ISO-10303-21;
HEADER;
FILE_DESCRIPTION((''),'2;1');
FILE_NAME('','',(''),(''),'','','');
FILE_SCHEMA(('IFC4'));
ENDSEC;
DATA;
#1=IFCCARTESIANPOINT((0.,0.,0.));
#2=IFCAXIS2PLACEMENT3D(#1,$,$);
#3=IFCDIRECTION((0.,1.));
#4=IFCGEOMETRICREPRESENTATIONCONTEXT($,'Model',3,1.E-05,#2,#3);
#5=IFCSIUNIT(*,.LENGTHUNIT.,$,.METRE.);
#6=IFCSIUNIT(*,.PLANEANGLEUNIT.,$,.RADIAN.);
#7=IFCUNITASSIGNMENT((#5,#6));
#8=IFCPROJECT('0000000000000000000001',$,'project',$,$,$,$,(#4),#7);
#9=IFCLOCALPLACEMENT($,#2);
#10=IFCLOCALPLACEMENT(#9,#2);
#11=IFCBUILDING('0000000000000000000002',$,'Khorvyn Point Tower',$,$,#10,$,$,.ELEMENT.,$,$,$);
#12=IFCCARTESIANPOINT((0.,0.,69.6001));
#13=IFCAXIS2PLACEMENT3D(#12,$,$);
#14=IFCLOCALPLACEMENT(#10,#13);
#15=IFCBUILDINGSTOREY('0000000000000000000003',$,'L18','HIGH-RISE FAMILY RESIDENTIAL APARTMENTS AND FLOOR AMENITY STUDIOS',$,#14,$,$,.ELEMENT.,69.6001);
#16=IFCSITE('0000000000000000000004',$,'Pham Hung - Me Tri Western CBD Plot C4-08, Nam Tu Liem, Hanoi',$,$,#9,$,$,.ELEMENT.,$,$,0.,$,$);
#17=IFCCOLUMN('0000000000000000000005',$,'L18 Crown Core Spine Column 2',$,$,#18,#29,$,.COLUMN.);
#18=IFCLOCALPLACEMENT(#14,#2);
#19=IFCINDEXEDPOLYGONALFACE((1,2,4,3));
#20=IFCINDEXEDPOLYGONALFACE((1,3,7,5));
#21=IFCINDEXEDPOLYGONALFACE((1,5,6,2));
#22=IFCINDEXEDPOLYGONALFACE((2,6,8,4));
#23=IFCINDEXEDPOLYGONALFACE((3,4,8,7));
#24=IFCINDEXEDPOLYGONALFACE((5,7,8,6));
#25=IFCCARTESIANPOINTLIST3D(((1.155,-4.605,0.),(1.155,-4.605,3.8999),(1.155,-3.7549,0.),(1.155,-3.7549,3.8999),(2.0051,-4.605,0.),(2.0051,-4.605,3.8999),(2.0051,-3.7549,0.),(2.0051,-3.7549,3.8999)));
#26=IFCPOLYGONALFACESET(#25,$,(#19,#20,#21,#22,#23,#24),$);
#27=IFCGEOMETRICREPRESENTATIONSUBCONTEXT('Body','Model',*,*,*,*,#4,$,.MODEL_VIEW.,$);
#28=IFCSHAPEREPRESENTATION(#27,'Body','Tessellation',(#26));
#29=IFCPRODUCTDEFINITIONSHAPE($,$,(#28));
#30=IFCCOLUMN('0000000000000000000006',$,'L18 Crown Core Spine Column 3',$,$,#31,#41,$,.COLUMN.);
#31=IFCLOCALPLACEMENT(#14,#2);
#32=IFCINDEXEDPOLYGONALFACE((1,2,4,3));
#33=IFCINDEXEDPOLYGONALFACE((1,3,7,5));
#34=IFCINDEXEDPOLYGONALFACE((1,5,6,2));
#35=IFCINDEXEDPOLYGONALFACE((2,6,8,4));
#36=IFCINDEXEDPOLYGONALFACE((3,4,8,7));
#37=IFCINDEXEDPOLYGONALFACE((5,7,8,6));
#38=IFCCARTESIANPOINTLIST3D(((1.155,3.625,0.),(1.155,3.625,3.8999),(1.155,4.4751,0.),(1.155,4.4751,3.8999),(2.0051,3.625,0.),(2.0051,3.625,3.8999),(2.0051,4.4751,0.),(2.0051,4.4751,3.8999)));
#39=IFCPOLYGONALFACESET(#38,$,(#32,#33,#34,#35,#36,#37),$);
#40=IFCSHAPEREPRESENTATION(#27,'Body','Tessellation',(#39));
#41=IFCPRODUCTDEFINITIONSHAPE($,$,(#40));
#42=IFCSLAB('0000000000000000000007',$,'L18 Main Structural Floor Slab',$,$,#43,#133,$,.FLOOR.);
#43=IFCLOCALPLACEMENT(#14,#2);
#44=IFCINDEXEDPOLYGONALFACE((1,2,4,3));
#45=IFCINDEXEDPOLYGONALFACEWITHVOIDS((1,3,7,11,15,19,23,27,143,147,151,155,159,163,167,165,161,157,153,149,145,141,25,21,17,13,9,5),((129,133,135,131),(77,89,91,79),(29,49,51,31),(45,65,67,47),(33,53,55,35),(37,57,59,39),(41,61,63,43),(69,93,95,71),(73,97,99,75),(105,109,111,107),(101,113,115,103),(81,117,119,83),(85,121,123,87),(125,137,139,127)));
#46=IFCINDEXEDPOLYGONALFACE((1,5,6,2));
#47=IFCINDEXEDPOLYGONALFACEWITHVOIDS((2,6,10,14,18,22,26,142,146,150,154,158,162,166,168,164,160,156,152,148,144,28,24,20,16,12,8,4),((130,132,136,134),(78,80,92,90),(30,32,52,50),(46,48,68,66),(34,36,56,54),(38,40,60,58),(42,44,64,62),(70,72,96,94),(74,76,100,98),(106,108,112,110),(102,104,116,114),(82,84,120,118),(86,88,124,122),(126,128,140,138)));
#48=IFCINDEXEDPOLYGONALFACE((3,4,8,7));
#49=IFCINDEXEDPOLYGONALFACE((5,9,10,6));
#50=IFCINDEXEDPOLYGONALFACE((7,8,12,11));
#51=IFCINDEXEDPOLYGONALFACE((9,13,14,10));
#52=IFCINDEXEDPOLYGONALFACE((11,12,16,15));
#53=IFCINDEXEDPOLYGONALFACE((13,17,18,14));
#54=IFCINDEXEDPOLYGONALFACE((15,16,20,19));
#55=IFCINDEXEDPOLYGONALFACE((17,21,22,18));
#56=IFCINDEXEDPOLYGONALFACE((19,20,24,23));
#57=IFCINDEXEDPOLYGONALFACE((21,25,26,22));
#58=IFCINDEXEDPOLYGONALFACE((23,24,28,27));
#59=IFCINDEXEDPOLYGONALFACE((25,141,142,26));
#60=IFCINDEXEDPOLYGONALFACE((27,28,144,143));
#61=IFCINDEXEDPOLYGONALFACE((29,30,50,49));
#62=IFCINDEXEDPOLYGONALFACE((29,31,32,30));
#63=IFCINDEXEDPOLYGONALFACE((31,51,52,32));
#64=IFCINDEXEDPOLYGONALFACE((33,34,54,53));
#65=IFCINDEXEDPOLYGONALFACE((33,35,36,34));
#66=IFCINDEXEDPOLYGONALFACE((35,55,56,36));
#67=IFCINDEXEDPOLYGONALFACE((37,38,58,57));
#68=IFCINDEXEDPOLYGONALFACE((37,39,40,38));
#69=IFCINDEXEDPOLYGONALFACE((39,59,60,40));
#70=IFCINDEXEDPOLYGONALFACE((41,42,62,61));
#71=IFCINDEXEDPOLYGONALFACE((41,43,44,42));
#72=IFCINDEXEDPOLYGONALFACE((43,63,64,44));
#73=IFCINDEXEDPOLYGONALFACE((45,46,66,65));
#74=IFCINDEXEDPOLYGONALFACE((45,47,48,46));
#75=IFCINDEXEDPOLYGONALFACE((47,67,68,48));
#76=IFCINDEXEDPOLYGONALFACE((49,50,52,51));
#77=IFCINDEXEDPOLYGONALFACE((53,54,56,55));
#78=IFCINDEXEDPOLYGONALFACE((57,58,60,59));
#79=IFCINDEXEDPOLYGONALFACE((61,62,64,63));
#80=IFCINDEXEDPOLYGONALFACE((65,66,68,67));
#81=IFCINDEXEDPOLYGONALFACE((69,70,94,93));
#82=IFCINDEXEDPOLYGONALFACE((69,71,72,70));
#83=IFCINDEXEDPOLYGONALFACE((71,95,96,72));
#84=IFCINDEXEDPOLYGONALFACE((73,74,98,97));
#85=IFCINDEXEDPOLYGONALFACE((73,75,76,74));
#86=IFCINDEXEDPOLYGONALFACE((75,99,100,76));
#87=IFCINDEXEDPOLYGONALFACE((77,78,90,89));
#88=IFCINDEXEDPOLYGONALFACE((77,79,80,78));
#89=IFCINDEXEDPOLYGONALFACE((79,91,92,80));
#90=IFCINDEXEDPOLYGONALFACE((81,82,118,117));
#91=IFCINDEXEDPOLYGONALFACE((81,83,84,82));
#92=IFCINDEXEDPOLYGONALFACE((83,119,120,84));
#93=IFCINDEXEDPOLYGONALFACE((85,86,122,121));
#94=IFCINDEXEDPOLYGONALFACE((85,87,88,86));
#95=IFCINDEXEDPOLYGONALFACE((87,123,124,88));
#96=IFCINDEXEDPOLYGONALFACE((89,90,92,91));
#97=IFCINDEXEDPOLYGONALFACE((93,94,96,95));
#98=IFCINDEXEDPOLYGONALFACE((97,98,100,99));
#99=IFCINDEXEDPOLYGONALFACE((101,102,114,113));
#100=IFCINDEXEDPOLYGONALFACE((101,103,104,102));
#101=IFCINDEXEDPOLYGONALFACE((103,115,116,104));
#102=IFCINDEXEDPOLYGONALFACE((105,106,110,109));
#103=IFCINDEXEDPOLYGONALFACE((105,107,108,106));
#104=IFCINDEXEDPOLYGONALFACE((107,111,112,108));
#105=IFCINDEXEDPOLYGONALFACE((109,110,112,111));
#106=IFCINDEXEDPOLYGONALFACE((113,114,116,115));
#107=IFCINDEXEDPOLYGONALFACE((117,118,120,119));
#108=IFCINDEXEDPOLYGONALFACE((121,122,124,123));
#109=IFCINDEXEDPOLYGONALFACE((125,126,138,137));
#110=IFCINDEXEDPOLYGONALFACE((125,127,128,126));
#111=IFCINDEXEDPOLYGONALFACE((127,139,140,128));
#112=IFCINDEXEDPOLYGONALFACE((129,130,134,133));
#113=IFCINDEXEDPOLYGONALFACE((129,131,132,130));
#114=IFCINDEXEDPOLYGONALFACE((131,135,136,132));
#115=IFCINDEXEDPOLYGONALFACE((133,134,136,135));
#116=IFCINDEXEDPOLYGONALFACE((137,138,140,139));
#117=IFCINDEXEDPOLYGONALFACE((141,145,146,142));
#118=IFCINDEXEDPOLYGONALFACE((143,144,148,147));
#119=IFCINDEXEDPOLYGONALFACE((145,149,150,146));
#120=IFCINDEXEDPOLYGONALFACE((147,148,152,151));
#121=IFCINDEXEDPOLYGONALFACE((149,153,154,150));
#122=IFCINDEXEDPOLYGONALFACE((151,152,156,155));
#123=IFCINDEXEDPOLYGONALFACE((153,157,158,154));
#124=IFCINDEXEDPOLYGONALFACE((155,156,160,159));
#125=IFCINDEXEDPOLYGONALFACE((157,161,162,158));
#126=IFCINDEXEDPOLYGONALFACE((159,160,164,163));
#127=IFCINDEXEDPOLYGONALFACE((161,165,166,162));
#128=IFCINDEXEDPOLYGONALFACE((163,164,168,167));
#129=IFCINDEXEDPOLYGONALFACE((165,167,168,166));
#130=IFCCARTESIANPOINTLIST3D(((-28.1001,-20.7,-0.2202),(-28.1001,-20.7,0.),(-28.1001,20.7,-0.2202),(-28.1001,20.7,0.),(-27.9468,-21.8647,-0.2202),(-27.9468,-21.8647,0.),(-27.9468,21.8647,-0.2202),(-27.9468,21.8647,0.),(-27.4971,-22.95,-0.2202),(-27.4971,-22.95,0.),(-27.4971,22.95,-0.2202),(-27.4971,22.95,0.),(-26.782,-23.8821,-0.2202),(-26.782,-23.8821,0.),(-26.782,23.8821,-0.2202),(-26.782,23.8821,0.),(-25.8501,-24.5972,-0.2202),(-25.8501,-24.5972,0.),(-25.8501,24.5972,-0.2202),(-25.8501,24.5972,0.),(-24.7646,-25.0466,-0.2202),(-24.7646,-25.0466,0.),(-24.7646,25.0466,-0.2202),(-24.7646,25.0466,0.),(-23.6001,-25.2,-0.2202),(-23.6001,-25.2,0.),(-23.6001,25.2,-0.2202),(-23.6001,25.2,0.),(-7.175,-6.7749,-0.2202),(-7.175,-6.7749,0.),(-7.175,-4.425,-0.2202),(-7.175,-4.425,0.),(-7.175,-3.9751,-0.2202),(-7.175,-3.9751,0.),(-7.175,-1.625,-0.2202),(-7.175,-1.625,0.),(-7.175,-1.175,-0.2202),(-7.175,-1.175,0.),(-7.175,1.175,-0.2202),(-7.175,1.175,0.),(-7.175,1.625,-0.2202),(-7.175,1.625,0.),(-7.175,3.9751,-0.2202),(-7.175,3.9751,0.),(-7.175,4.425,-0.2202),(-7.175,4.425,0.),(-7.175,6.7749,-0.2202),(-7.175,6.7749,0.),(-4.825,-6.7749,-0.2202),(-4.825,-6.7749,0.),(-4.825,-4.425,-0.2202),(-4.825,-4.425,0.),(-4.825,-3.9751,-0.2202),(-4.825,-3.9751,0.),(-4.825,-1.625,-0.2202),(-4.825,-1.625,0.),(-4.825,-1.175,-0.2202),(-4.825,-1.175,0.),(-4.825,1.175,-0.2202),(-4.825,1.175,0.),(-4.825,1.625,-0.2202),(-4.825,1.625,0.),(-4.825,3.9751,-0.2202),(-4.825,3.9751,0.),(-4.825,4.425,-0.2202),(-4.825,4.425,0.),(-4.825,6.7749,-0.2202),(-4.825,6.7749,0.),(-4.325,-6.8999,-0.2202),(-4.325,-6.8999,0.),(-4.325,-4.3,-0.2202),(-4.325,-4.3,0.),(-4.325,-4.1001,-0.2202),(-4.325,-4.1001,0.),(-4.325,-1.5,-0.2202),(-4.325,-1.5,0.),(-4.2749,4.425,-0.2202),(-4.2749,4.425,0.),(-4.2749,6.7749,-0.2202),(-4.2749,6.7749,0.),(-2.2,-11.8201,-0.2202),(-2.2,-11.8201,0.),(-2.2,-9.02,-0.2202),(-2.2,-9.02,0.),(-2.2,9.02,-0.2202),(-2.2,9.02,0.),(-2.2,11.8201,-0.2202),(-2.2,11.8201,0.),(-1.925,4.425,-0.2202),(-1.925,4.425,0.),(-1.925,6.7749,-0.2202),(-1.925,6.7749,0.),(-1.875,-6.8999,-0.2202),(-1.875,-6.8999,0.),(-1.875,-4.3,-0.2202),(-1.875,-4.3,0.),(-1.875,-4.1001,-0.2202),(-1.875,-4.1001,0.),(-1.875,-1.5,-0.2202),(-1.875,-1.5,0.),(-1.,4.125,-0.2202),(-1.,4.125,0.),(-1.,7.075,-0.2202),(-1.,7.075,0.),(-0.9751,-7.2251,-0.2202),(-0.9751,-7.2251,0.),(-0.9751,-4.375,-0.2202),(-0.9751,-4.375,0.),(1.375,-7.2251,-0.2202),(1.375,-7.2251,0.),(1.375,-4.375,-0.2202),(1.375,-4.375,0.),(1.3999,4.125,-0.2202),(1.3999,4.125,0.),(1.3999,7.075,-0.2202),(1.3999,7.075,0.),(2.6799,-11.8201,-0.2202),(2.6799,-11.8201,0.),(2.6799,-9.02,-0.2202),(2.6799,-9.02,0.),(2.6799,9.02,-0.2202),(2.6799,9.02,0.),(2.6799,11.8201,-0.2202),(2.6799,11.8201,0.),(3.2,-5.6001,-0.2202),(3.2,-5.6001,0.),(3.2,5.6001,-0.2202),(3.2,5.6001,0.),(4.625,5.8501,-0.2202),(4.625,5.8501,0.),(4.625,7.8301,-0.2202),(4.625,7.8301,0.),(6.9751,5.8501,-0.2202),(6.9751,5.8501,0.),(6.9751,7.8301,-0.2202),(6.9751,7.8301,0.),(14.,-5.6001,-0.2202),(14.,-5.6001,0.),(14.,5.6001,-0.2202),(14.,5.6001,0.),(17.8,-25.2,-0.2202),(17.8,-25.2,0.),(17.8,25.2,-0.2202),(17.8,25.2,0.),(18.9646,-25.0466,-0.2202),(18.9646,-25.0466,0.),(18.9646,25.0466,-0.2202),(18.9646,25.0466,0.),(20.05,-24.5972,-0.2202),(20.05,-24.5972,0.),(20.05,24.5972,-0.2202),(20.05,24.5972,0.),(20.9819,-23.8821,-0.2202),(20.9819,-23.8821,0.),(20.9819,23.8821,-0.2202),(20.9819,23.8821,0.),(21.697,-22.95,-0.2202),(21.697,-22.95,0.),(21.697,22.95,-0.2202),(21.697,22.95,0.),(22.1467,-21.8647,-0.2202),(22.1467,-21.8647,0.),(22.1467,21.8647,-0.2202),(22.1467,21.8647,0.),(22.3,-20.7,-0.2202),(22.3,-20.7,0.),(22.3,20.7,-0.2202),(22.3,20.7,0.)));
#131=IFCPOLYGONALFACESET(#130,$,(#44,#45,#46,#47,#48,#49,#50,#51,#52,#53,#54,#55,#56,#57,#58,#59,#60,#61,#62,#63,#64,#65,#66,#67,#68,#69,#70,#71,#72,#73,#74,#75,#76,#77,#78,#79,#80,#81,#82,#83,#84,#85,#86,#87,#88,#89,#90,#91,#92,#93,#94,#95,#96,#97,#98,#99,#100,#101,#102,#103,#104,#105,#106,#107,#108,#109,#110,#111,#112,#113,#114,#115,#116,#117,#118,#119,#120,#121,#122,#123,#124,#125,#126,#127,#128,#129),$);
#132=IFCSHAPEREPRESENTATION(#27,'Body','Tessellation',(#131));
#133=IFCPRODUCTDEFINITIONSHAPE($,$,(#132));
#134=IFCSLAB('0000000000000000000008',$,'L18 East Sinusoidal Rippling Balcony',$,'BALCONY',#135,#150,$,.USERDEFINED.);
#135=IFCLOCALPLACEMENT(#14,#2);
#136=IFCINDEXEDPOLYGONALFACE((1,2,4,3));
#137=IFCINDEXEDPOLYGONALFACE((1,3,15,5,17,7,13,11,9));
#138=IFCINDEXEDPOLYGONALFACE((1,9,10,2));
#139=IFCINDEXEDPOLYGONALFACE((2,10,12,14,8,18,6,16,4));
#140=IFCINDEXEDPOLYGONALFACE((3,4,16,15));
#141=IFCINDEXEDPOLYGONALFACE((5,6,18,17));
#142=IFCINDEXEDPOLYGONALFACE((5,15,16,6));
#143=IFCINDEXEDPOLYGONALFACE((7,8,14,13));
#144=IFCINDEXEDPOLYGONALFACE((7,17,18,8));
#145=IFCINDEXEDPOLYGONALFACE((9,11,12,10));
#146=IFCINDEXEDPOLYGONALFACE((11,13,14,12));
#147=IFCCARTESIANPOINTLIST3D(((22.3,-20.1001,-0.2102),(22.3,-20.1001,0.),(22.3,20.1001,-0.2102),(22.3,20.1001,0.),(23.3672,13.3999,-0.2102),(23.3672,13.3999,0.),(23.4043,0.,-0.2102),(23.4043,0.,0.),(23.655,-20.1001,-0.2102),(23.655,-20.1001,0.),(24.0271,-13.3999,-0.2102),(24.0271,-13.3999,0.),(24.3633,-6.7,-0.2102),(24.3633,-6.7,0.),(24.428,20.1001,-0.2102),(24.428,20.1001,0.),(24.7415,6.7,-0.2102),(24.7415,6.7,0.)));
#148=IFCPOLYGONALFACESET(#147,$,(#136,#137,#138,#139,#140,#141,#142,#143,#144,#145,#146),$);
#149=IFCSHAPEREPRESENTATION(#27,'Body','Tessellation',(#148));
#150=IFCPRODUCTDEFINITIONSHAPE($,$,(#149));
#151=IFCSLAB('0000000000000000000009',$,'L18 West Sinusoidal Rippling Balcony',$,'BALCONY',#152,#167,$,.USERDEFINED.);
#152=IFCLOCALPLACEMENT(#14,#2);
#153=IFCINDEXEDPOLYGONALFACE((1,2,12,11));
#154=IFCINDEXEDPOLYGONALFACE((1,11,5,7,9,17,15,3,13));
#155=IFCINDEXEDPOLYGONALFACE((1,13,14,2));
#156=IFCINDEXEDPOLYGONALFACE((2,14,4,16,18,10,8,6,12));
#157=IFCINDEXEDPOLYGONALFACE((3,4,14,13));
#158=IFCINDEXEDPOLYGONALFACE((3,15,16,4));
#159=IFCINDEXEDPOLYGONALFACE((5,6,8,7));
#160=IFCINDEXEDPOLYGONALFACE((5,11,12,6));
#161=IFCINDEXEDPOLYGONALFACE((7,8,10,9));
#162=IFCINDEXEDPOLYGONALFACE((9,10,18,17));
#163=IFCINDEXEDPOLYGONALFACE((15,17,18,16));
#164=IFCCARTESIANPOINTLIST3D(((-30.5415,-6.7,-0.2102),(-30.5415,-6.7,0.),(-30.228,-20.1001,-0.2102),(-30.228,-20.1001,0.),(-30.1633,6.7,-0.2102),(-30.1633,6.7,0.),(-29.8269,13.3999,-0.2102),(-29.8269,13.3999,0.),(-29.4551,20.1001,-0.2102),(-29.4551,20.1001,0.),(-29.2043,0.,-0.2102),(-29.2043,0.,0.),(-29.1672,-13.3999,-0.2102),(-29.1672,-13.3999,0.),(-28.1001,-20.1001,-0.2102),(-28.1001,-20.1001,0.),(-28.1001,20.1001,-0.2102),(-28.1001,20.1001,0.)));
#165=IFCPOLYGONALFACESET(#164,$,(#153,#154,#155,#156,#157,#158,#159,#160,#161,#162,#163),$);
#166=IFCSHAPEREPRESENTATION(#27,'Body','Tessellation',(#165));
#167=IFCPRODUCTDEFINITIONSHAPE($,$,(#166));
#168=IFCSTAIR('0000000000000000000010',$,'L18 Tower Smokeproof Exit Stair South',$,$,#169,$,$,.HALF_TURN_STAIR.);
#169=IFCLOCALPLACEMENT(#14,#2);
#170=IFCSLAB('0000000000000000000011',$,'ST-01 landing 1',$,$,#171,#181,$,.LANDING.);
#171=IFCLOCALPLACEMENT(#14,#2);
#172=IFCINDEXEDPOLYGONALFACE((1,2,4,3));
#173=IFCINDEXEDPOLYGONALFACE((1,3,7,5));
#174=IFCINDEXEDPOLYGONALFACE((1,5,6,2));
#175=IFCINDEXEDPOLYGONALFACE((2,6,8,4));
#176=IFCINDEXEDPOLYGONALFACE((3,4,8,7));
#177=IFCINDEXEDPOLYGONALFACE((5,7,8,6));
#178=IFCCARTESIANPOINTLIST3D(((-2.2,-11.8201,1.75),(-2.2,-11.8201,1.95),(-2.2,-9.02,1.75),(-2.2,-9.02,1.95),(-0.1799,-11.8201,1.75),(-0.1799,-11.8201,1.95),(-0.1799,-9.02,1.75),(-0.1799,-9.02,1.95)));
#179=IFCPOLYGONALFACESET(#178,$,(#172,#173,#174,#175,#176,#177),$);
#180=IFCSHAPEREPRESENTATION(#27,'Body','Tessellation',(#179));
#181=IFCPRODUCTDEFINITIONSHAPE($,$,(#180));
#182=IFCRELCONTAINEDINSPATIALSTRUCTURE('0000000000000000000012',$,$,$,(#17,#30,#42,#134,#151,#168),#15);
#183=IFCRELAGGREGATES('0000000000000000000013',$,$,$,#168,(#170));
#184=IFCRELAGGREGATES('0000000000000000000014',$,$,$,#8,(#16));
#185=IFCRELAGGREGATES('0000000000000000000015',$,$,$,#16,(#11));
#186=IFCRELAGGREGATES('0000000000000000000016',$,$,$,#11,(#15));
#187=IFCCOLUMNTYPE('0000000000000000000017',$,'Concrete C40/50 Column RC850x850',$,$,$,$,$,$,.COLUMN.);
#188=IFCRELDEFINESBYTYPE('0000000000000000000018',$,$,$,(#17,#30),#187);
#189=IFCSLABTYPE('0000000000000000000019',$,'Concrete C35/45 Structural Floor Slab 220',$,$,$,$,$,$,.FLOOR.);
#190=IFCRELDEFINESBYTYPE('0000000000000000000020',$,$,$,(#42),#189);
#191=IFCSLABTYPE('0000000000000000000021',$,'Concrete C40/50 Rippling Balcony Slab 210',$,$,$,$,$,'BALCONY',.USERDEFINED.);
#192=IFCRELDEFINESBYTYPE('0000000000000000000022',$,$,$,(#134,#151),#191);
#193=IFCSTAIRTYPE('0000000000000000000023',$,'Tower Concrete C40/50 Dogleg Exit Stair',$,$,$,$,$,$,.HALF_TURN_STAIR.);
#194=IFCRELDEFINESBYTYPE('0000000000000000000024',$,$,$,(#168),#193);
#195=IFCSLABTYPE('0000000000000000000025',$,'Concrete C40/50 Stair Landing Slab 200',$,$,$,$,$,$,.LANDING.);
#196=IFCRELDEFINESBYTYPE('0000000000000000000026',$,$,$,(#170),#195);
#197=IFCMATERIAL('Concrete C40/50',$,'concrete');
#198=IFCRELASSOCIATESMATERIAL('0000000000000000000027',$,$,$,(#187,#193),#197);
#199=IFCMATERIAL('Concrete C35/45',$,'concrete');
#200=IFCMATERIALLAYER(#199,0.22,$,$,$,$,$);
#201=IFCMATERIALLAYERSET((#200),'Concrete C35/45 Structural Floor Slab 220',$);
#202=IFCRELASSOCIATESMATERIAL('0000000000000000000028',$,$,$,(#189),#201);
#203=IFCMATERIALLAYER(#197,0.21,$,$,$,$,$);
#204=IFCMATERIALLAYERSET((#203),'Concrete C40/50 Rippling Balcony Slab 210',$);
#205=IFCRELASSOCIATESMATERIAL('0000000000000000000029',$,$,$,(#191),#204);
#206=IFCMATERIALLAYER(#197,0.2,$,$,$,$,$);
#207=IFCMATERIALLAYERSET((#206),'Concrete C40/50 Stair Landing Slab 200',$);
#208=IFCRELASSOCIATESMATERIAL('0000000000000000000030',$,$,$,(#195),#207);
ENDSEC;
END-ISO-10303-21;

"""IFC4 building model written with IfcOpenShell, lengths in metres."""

from ifc_helpers import new_model, si_unit, direction, frame, origin, origin_2d, place, context, subcontext, project, spatial, polyline, rectangle, outline, extrude, material, layer, layer_set, material_profile, profile_set, type_object, element, aggregate, save


model = new_model("IFC4")

# Units and contexts
model_context = context("Model", 3, precision=1e-05, world=origin(), true_north=direction((0.0, 1.0)))
body_context = subcontext(model_context, "Body", "Model", "MODEL_VIEW")
ifc_project = project(units=[si_unit("LENGTHUNIT", "METRE"), si_unit("PLANEANGLEUNIT", "RADIAN")], contexts=[model_context])

# Site, building, storey
site_placement = place(None, origin())
site = spatial("IfcSite", under=ifc_project, at=site_placement, Name="Pham Hung - Me Tri Western CBD Plot C4-08, Nam Tu Liem, Hanoi", CompositionType="ELEMENT", RefElevation=0.0)
building_placement = place(site_placement, origin())
building = spatial("IfcBuilding", under=site, at=building_placement, Name="Khorvyn Point Tower", CompositionType="ELEMENT")
storey_placement = place(building_placement, frame((0.0, 0.0, 69.6001)))
storey = spatial("IfcBuildingStorey", under=building, at=storey_placement, Name="L18", Description="HIGH-RISE FAMILY RESIDENTIAL APARTMENTS AND FLOOR AMENITY STUDIOS", CompositionType="ELEMENT", Elevation=69.6001)

# Columns
ifc_material_1 = material(Name="Concrete C40/50", Category="concrete")
ifc_material_profile = material_profile(ifc_material_1, rectangle(XDim=0.8501, YDim=0.8501, at=origin_2d()))
ifc_profile_set = profile_set([ifc_material_profile], Name="Concrete C40/50 RC850x850")
column_type = type_object("IfcColumnType", Name="Concrete C40/50 Column RC850x850", PredefinedType="COLUMN", material=ifc_profile_set)
for number, where, z_axis, x_axis, name in (
    (1, (1.5801, -4.1799, 0.0), (0.0, 0.0, 1.0), (1.0, 0.0, 0.0), "L18 Crown Core Spine Column 2"),
    (2, (1.5801, 4.05, 0.0), (0.0, 0.0, 1.0), (1.0, 0.0, 0.0), "L18 Crown Core Spine Column 3"),
):
    element("IfcColumn", number, at=place(storey_placement, frame(where, z_axis=z_axis, x_axis=x_axis)), inside=storey, type_object=column_type, Name=name, PredefinedType="COLUMN", context=body_context, shape_type="SweptSolid", body=[
        extrude(rectangle(XDim=0.8501, YDim=0.8501, at=origin_2d()), origin(), (0.0, 0.0, 1.0), 3.8999),
    ])

# Slabs
ifc_material_2 = material(Name="Concrete C35/45", Category="concrete")
ifc_layer_1 = layer(ifc_material_2, 0.22)
ifc_layer_set_1 = layer_set([ifc_layer_1], Name="Concrete C35/45 Structural Floor Slab 220")
slab_type_1 = type_object("IfcSlabType", Name="Concrete C35/45 Structural Floor Slab 220", PredefinedType="FLOOR", material=ifc_layer_set_1)
slab_1_placement = place(storey_placement, frame((0.0, 0.0, -0.2202)))
element("IfcSlab", 3, at=slab_1_placement, inside=storey, type_object=slab_type_1, Name="L18 Main Structural Floor Slab", PredefinedType="FLOOR", context=body_context, shape_type="SweptSolid", body=[
    extrude(outline(polyline([(-23.6001, -25.2), (-24.7646, -25.0466), (-25.8501, -24.5972), (-26.782, -23.8821), (-27.4971, -22.95), (-27.9468, -21.8647), (-28.1001, -20.7), (-28.1001, 20.7), (-27.9468, 21.8647), (-27.4971, 22.95), (-26.782, 23.8821), (-25.8501, 24.5972), (-24.7646, 25.0466), (-23.6001, 25.2), (17.8, 25.2), (18.9646, 25.0466), (20.05, 24.5972), (20.9819, 23.8821), (21.697, 22.95), (22.1467, 21.8647), (22.3, 20.7), (22.3, -20.7), (22.1467, -21.8647), (21.697, -22.95), (20.9819, -23.8821), (20.05, -24.5972), (18.9646, -25.0466), (17.8, -25.2), (-23.6001, -25.2)]), holes=[polyline([(-4.825, -6.7749), (-4.825, -4.425), (-7.175, -4.425), (-7.175, -6.7749), (-4.825, -6.7749)]), polyline([(-4.325, -6.8999), (-1.875, -6.8999), (-1.875, -4.3), (-4.325, -4.3), (-4.325, -6.8999)]), polyline([(-7.175, -3.9751), (-4.825, -3.9751), (-4.825, -1.625), (-7.175, -1.625), (-7.175, -3.9751)]), polyline([(-7.175, -1.175), (-4.825, -1.175), (-4.825, 1.175), (-7.175, 1.175), (-7.175, -1.175)]), polyline([(-7.175, 1.625), (-4.825, 1.625), (-4.825, 3.9751), (-7.175, 3.9751), (-7.175, 1.625)]), polyline([(-7.175, 4.425), (-4.825, 4.425), (-4.825, 6.7749), (-7.175, 6.7749), (-7.175, 4.425)]), polyline([(-4.2749, 4.425), (-1.925, 4.425), (-1.925, 6.7749), (-4.2749, 6.7749), (-4.2749, 4.425)]), polyline([(2.6799, -11.8201), (2.6799, -9.02), (-2.2, -9.02), (-2.2, -11.8201), (2.6799, -11.8201)]), polyline([(-0.9751, -7.2251), (1.375, -7.2251), (1.375, -4.375), (-0.9751, -4.375), (-0.9751, -7.2251)]), polyline([(-4.325, -4.1001), (-1.875, -4.1001), (-1.875, -1.5), (-4.325, -1.5), (-4.325, -4.1001)]), polyline([(3.2, -5.6001), (14.0, -5.6001), (14.0, 5.6001), (3.2, 5.6001), (3.2, -5.6001)]), polyline([(-1.0, 4.125), (1.3999, 4.125), (1.3999, 7.075), (-1.0, 7.075), (-1.0, 4.125)]), polyline([(4.625, 5.8501), (6.9751, 5.8501), (6.9751, 7.8301), (4.625, 7.8301), (4.625, 5.8501)]), polyline([(-2.2, 9.02), (2.6799, 9.02), (2.6799, 11.8201), (-2.2, 11.8201), (-2.2, 9.02)])]), origin(), (0.0, 0.0, 1.0), 0.2202),
])
ifc_layer_2 = layer(ifc_material_1, 0.21)
ifc_layer_set_2 = layer_set([ifc_layer_2], Name="Concrete C40/50 Rippling Balcony Slab 210")
slab_type_2 = type_object("IfcSlabType", Name="Concrete C40/50 Rippling Balcony Slab 210", ElementType="BALCONY", PredefinedType="USERDEFINED", material=ifc_layer_set_2)
slab_2_placement = place(storey_placement, frame((0.0, 0.0, -0.2102)))
element("IfcSlab", 4, at=slab_2_placement, inside=storey, type_object=slab_type_2, Name="L18 East Sinusoidal Rippling Balcony", ObjectType="BALCONY", PredefinedType="USERDEFINED", context=body_context, shape_type="SweptSolid", body=[
    extrude(outline(polyline([(22.3, -20.1001), (23.655, -20.1001), (24.0271, -13.3999), (24.3633, -6.7), (23.4043, 0.0), (24.7415, 6.7), (23.3672, 13.3999), (24.428, 20.1001), (22.3, 20.1001), (22.3, -20.1001)])), origin(), (0.0, 0.0, 1.0), 0.2102),
])
slab_3_placement = place(storey_placement, frame((0.0, 0.0, -0.2102)))
element("IfcSlab", 5, at=slab_3_placement, inside=storey, type_object=slab_type_2, Name="L18 West Sinusoidal Rippling Balcony", ObjectType="BALCONY", PredefinedType="USERDEFINED", context=body_context, shape_type="SweptSolid", body=[
    extrude(outline(polyline([(-28.1001, 20.1001), (-29.4551, 20.1001), (-29.8269, 13.3999), (-30.1633, 6.7), (-29.2043, 0.0), (-30.5415, -6.7), (-29.1672, -13.3999), (-30.228, -20.1001), (-28.1001, -20.1001), (-28.1001, 20.1001)])), origin(), (0.0, 0.0, 1.0), 0.2102),
])

# Stair, slab
stair_type = type_object("IfcStairType", Name="Tower Concrete C40/50 Dogleg Exit Stair", PredefinedType="HALF_TURN_STAIR", material=ifc_material_1)
stair_1_placement = place(storey_placement, origin())
stair_1 = element("IfcStair", 6, at=stair_1_placement, inside=storey, type_object=stair_type, Name="L18 Tower Smokeproof Exit Stair South", PredefinedType="HALF_TURN_STAIR")
ifc_layer_3 = layer(ifc_material_1, 0.2)
ifc_layer_set_3 = layer_set([ifc_layer_3], Name="Concrete C40/50 Stair Landing Slab 200")
slab_type_3 = type_object("IfcSlabType", Name="Concrete C40/50 Stair Landing Slab 200", PredefinedType="LANDING", material=ifc_layer_set_3)
slab_4_placement = place(storey_placement, frame((0.0, 0.0, 1.75)))
slab_4 = element("IfcSlab", 7, at=slab_4_placement, type_object=slab_type_3, Name="ST-01 landing 1", PredefinedType="LANDING", context=body_context, shape_type="SweptSolid", body=[
    extrude(outline(polyline([(-0.1799, -9.02), (-2.2, -9.02), (-2.2, -11.8201), (-0.1799, -11.8201), (-0.1799, -9.02)])), origin(), (0.0, 0.0, 1.0), 0.2),
])
aggregate(stair_1, [slab_4])

save(model, "model.ifc")
